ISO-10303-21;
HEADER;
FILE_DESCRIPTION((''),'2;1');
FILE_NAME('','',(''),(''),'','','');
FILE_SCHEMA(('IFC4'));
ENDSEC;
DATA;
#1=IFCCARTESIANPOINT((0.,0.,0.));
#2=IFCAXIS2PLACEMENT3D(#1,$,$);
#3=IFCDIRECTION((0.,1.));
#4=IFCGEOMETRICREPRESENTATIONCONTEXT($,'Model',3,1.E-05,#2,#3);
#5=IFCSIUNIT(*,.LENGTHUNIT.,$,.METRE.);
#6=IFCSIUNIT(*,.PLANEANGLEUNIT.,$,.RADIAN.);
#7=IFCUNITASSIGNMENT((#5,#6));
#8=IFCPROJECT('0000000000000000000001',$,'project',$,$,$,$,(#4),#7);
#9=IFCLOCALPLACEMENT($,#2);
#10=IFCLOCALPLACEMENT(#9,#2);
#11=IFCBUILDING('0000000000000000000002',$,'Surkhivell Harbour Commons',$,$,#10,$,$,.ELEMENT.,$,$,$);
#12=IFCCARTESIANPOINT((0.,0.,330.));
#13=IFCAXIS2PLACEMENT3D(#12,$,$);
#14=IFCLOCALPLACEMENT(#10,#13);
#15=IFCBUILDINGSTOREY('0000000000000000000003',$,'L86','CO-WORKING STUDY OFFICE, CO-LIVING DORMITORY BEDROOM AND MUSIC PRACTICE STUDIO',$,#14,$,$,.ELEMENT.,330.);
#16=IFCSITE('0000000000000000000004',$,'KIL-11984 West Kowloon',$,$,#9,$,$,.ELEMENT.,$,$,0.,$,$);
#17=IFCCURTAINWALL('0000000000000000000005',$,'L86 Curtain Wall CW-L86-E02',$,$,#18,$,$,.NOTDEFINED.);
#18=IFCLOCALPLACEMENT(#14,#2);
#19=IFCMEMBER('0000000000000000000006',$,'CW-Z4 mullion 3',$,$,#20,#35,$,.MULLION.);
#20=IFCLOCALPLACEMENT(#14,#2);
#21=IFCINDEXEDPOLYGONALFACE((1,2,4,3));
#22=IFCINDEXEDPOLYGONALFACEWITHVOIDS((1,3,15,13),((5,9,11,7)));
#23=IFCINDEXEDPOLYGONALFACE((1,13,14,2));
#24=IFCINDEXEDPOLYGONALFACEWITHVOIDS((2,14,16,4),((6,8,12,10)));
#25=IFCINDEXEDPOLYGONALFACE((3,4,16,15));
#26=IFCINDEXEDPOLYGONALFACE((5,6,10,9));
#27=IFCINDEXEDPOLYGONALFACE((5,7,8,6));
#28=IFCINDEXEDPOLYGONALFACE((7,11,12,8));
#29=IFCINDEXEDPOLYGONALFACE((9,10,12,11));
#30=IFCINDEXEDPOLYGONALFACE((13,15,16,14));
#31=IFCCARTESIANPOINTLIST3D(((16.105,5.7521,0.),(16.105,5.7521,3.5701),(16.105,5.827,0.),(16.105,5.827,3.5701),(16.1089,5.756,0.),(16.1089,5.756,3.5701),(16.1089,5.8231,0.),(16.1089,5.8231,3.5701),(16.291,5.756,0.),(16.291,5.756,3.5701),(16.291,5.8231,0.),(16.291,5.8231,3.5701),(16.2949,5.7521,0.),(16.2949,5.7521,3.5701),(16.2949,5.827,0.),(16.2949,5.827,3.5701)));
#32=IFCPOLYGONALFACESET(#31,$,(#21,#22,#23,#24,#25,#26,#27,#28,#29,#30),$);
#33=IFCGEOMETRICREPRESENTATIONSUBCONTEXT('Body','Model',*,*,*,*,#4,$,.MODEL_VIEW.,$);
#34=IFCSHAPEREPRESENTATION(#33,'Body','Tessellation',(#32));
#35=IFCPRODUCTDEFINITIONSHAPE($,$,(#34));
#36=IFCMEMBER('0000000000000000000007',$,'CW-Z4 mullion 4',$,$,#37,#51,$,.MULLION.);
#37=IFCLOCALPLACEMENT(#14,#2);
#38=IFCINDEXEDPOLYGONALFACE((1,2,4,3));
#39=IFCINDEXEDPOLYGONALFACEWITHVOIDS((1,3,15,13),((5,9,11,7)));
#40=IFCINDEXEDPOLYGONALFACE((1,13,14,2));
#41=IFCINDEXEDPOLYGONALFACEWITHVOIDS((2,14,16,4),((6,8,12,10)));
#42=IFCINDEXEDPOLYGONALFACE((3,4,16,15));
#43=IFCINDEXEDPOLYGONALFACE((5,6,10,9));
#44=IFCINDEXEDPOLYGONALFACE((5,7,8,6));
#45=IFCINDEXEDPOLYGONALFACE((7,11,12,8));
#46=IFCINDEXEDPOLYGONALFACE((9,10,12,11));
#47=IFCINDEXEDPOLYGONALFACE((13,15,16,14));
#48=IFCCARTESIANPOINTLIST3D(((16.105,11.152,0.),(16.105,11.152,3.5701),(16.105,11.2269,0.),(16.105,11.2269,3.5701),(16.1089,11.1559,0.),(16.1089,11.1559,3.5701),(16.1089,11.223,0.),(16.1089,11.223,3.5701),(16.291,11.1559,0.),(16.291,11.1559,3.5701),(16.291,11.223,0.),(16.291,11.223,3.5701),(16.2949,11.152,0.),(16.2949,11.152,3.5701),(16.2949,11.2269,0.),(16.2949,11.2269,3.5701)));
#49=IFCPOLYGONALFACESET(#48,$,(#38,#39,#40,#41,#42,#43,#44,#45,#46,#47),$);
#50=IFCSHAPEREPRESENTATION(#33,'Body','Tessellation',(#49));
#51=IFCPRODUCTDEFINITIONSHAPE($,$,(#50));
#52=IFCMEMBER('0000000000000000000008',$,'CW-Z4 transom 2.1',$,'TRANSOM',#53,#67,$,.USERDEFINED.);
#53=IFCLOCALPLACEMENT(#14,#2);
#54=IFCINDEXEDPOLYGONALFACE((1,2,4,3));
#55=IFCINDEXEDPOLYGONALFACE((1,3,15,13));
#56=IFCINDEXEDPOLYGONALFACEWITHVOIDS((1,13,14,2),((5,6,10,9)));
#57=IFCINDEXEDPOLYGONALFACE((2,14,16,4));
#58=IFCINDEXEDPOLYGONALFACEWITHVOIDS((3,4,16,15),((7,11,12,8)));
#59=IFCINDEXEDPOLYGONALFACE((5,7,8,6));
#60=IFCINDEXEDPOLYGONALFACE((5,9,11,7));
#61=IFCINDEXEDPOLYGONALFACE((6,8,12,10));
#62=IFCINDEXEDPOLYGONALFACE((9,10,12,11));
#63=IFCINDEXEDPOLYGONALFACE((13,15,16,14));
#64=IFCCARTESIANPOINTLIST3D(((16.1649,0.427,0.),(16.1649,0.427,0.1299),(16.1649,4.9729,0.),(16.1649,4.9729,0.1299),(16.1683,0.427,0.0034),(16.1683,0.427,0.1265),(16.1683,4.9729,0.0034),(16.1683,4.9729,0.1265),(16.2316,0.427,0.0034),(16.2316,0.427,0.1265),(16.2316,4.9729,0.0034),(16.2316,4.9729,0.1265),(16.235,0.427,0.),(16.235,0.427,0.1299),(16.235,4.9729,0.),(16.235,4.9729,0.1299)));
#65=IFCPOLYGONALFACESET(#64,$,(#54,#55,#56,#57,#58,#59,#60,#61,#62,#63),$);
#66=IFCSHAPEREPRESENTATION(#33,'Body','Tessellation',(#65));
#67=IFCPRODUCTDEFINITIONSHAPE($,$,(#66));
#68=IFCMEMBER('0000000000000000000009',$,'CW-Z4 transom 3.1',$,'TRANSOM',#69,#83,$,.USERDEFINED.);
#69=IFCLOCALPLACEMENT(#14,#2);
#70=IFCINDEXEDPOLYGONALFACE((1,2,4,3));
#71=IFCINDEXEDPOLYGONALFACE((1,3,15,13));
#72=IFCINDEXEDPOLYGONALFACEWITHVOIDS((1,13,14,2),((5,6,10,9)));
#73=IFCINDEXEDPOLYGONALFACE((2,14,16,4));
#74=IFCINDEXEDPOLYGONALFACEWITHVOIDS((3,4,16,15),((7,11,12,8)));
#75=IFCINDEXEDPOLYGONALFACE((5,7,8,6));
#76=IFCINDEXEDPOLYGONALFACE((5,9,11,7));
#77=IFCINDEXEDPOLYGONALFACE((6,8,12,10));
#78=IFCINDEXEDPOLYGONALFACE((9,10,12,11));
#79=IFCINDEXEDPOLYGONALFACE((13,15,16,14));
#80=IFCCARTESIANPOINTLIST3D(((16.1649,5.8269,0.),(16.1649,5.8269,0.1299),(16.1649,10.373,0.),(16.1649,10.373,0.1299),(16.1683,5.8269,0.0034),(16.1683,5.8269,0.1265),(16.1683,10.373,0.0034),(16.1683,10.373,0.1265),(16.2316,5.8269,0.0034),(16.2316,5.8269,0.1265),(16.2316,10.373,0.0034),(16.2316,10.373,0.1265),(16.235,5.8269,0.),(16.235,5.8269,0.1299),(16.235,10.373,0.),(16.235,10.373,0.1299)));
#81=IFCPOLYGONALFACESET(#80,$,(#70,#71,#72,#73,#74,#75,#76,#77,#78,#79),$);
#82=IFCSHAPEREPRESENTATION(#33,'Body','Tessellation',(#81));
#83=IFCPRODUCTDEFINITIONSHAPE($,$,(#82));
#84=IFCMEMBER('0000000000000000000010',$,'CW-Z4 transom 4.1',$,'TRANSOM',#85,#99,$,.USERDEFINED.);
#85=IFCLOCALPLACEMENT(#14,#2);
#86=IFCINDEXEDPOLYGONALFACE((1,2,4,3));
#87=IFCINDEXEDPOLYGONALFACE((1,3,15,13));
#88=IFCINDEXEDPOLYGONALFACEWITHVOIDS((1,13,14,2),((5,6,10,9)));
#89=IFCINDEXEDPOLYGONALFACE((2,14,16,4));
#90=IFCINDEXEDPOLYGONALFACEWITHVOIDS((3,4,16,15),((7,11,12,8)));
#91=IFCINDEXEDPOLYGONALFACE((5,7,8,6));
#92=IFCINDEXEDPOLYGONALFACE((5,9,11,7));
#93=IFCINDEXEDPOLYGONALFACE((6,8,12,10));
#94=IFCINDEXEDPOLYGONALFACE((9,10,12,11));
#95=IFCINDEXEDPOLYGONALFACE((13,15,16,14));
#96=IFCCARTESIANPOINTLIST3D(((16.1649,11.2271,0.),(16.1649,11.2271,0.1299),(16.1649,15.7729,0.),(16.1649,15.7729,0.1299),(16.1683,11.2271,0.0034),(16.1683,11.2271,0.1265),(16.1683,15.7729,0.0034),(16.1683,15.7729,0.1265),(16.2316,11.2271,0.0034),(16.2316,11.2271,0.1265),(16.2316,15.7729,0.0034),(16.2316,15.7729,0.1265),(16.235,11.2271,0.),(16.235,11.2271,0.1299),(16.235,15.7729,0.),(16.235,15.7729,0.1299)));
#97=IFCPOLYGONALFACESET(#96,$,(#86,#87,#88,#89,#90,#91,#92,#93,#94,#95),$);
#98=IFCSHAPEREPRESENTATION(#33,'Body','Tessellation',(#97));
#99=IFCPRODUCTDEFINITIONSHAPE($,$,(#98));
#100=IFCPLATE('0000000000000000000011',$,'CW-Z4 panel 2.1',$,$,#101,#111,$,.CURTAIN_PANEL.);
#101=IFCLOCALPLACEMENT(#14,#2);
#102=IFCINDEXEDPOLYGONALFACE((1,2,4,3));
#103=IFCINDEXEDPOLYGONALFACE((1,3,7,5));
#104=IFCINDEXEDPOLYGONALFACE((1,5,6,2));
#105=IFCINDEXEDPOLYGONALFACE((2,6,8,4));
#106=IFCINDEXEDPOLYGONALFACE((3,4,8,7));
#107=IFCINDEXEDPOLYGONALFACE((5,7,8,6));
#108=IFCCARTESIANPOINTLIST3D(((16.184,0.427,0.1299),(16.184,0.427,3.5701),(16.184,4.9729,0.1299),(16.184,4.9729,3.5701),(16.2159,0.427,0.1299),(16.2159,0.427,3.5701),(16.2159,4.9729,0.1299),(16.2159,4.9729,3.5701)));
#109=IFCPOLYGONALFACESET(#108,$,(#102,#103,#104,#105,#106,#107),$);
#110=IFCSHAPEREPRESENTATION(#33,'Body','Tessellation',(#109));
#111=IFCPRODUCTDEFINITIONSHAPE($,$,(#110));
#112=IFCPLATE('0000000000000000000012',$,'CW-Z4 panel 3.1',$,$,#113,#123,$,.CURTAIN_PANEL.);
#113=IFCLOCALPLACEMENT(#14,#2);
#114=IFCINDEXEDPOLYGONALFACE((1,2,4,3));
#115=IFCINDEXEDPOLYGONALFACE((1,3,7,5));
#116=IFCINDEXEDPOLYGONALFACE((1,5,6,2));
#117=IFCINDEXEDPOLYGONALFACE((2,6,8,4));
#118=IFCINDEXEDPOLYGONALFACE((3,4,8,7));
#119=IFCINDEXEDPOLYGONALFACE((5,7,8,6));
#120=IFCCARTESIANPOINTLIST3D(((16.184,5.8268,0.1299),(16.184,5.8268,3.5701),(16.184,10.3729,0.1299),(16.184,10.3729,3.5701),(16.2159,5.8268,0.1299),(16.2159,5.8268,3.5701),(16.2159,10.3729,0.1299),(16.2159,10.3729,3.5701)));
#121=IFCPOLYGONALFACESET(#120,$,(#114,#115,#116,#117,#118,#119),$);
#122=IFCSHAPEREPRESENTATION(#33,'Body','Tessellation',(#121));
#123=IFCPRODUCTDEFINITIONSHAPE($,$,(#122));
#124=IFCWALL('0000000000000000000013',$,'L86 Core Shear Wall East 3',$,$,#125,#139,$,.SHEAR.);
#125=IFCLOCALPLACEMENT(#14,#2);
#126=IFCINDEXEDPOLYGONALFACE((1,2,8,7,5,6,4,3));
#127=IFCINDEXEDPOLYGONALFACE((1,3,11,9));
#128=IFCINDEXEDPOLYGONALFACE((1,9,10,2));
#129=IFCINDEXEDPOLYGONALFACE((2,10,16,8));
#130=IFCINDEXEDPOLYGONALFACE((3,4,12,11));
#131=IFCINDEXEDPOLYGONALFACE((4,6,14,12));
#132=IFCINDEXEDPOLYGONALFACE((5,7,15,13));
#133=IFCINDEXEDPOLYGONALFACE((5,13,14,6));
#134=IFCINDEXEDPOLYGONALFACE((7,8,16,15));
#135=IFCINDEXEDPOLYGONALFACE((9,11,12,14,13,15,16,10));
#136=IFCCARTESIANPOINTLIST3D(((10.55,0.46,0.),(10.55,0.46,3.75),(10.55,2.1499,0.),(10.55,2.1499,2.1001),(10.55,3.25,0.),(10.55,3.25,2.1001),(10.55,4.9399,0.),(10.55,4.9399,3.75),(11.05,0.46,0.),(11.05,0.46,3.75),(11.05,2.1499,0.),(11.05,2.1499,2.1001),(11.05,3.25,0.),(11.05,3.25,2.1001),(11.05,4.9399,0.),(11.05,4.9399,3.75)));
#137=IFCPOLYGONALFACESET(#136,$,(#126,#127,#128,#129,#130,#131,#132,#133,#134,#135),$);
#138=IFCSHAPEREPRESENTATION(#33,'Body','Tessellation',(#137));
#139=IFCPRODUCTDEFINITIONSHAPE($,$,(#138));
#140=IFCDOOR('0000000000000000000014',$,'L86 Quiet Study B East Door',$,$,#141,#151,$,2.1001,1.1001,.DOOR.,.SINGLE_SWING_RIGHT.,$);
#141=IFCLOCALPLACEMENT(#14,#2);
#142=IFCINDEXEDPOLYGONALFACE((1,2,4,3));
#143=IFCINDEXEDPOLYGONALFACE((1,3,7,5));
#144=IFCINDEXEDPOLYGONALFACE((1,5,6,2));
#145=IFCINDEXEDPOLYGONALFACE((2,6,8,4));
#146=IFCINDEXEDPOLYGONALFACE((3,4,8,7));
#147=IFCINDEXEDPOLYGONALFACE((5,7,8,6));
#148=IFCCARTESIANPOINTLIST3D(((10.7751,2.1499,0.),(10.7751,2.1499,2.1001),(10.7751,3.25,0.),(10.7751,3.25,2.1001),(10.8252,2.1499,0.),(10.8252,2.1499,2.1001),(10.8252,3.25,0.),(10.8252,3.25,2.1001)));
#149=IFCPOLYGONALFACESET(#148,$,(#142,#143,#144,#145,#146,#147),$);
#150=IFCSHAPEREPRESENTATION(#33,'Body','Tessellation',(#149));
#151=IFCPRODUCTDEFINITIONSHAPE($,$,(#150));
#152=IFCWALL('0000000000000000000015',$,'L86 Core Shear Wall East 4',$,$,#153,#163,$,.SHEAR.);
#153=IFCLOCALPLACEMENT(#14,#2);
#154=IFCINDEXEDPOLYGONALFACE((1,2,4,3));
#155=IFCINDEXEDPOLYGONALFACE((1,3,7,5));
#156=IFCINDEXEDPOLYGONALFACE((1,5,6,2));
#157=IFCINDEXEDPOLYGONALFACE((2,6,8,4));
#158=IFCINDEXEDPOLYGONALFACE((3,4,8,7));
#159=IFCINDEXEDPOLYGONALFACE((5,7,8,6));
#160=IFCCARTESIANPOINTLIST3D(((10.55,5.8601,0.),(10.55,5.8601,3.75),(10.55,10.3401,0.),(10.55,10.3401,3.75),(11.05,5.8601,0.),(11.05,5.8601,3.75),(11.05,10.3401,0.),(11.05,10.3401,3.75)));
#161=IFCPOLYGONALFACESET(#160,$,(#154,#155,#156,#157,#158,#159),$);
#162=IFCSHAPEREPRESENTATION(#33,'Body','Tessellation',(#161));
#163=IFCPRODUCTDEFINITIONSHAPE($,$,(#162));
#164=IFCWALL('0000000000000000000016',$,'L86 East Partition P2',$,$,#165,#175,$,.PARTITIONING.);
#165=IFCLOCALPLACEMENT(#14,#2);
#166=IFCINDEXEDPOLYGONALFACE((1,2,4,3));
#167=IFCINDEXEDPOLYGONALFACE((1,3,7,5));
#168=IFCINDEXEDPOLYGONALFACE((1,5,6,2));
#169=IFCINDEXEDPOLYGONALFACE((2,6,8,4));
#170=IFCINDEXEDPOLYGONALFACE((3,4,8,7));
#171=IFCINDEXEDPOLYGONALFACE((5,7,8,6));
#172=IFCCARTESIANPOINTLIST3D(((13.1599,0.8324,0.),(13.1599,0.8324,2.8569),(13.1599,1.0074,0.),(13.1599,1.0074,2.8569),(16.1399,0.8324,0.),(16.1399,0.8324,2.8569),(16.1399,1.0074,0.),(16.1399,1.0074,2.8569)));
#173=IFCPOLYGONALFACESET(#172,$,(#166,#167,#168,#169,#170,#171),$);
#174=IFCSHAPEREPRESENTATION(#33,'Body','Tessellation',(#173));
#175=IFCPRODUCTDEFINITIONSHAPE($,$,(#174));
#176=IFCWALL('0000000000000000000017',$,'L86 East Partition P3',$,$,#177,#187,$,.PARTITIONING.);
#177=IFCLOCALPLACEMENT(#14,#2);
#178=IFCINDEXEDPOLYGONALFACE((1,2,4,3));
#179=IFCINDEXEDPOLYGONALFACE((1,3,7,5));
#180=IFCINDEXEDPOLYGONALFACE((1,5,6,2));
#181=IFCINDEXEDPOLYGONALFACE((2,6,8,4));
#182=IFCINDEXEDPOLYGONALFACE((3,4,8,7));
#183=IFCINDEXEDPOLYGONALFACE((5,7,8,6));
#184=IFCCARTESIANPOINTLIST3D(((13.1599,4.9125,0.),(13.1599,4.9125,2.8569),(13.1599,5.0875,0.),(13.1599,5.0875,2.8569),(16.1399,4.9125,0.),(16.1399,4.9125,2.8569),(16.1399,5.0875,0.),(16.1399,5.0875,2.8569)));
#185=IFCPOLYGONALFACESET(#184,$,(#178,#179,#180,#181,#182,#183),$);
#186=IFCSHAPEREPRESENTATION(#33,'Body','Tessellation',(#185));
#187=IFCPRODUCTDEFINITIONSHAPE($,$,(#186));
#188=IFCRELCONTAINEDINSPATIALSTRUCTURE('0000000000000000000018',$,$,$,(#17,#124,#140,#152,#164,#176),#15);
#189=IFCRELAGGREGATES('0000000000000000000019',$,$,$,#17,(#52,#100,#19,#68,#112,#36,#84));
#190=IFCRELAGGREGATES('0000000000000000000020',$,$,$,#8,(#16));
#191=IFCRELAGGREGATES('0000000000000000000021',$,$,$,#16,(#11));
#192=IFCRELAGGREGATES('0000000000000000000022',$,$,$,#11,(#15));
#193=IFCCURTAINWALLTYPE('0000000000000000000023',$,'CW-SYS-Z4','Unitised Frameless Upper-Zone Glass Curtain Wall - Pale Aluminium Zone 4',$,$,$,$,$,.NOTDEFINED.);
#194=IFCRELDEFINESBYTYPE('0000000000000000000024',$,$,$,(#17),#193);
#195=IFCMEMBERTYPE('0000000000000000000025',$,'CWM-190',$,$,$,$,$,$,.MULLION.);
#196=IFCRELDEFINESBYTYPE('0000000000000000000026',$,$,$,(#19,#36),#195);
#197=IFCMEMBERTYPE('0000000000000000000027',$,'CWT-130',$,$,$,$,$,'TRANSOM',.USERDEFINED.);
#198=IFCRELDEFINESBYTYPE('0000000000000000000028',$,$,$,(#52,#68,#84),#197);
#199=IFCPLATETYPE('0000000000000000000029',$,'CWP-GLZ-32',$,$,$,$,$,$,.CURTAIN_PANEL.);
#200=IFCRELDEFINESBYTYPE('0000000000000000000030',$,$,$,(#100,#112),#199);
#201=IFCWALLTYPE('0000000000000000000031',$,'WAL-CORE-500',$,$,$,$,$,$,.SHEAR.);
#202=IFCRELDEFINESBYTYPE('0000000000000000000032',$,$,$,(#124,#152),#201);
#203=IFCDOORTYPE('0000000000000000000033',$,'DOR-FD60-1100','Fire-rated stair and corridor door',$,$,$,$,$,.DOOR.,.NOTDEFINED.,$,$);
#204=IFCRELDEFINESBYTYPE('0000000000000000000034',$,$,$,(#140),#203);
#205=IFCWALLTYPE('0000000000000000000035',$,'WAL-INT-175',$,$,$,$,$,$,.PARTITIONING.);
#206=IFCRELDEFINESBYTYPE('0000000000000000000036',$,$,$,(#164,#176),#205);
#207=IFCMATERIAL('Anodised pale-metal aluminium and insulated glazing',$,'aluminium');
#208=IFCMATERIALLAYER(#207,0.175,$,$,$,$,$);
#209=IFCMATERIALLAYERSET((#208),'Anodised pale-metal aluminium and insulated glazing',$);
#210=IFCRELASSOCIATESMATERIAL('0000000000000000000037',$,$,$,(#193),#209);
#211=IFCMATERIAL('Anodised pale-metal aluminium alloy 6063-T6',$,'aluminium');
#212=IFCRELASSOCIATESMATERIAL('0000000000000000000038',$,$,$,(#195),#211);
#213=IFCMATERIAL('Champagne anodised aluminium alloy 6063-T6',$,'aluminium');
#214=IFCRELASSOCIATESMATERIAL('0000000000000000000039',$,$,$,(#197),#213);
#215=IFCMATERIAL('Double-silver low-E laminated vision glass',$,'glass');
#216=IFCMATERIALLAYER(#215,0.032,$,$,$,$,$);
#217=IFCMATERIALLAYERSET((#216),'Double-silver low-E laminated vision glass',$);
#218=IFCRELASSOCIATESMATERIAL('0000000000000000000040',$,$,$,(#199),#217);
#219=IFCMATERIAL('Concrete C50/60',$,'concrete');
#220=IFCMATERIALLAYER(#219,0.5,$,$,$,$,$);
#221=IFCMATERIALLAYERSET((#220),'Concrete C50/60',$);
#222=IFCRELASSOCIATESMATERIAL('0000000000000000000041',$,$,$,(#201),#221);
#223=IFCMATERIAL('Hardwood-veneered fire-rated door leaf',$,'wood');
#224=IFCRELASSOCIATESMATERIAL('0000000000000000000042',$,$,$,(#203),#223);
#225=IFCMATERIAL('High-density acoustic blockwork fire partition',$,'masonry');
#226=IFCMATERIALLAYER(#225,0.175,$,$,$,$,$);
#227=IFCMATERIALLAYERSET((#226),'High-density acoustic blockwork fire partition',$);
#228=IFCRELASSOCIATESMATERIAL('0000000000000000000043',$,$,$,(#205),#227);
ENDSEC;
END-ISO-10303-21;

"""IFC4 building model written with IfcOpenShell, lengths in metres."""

from ifc_helpers import new_model, si_unit, direction, frame, frame_2d, origin, origin_2d, place, context, subcontext, project, spatial, rectangle, hollow_rectangle, extrude, material, layer, layer_set, material_profile, profile_set, type_object, element, fill, aggregate, save


model = new_model("IFC4")

# Units and contexts
model_context = context("Model", 3, precision=1e-05, world=origin(), true_north=direction((0.0, 1.0)))
body_context = subcontext(model_context, "Body", "Model", "MODEL_VIEW")
ifc_project = project(units=[si_unit("LENGTHUNIT", "METRE"), si_unit("PLANEANGLEUNIT", "RADIAN")], contexts=[model_context])

# Site, building, storey
site_placement = place(None, origin())
site = spatial("IfcSite", under=ifc_project, at=site_placement, Name="KIL-11984 West Kowloon", CompositionType="ELEMENT", RefElevation=0.0)
building_placement = place(site_placement, origin())
building = spatial("IfcBuilding", under=site, at=building_placement, Name="Surkhivell Harbour Commons", CompositionType="ELEMENT")
storey_placement = place(building_placement, frame((0.0, 0.0, 330.0)))
storey = spatial("IfcBuildingStorey", under=building, at=storey_placement, Name="L86", Description="CO-WORKING STUDY OFFICE, CO-LIVING DORMITORY BEDROOM AND MUSIC PRACTICE STUDIO", CompositionType="ELEMENT", Elevation=330.0)

# Shared definitions
ifc_material_1 = material(Name="Concrete C50/60", Category="concrete")

# Curtain wall, members, plates
ifc_material_2 = material(Name="Anodised pale-metal aluminium and insulated glazing", Category="aluminium")
ifc_layer_1 = layer(ifc_material_2, 0.175)
ifc_layer_set_1 = layer_set([ifc_layer_1], Name="Anodised pale-metal aluminium and insulated glazing")
curtain_wall_type = type_object("IfcCurtainWallType", Name="CW-SYS-Z4", Description="Unitised Frameless Upper-Zone Glass Curtain Wall - Pale Aluminium Zone 4", PredefinedType="NOTDEFINED", material=ifc_layer_set_1)
curtain_wall_placement = place(storey_placement, origin())
curtain_wall = element("IfcCurtainWall", 1, at=curtain_wall_placement, inside=storey, type_object=curtain_wall_type, Name="L86 Curtain Wall CW-L86-E02", PredefinedType="NOTDEFINED")
ifc_material_3 = material(Name="Anodised pale-metal aluminium alloy 6063-T6", Category="aluminium")
ifc_material_profile_1 = material_profile(ifc_material_3, hollow_rectangle(XDim=0.075, YDim=0.1899, WallThickness=0.0039, at=origin_2d()), Name="ALU-MULL-75x190")
ifc_profile_set_1 = profile_set([ifc_material_profile_1], Name="Anodised pale-metal aluminium alloy 6063-T6")
member_type_1 = type_object("IfcMemberType", Name="CWM-190", PredefinedType="MULLION", material=ifc_profile_set_1)
member_1_placement = place(storey_placement, frame((16.2, 5.7896, 0.0), z_axis=(0.0, 0.0, 1.0), x_axis=(0.0, 1.0, 0.0)))
member_1 = element("IfcMember", 2, at=member_1_placement, type_object=member_type_1, Name="CW-Z4 mullion 3", PredefinedType="MULLION", context=body_context, shape_type="SweptSolid", body=[
    extrude(hollow_rectangle(XDim=0.075, YDim=0.1899, WallThickness=0.0039, at=origin_2d()), origin(), (0.0, 0.0, 1.0), 3.5701),
])
member_2_placement = place(storey_placement, frame((16.2, 11.1895, 0.0), z_axis=(0.0, 0.0, 1.0), x_axis=(0.0, 1.0, 0.0)))
member_2 = element("IfcMember", 3, at=member_2_placement, type_object=member_type_1, Name="CW-Z4 mullion 4", PredefinedType="MULLION", context=body_context, shape_type="SweptSolid", body=[
    extrude(hollow_rectangle(XDim=0.075, YDim=0.1899, WallThickness=0.0039, at=origin_2d()), origin(), (0.0, 0.0, 1.0), 3.5701),
])
ifc_material_4 = material(Name="Champagne anodised aluminium alloy 6063-T6", Category="aluminium")
ifc_material_profile_2 = material_profile(ifc_material_4, hollow_rectangle(XDim=0.0701, YDim=0.1299, WallThickness=0.0034, at=origin_2d()), Name="ALU-TRAN-70x130")
ifc_profile_set_2 = profile_set([ifc_material_profile_2], Name="Champagne anodised aluminium alloy 6063-T6")
member_type_2 = type_object("IfcMemberType", Name="CWT-130", ElementType="TRANSOM", PredefinedType="USERDEFINED", material=ifc_profile_set_2)
member_3_placement = place(storey_placement, frame((16.2, 0.427, 0.0649), z_axis=(0.0, 1.0, 0.0), x_axis=(-1.0, 0.0, 0.0)))
member_3 = element("IfcMember", 4, at=member_3_placement, type_object=member_type_2, Name="CW-Z4 transom 2.1", ObjectType="TRANSOM", PredefinedType="USERDEFINED", context=body_context, shape_type="SweptSolid", body=[
    extrude(hollow_rectangle(XDim=0.0701, YDim=0.1299, WallThickness=0.0034, at=origin_2d()), origin(), (0.0, 0.0, 1.0), 4.5459),
])
member_4_placement = place(storey_placement, frame((16.2, 5.8269, 0.0649), z_axis=(0.0, 1.0, 0.0), x_axis=(-1.0, 0.0, 0.0)))
member_4 = element("IfcMember", 5, at=member_4_placement, type_object=member_type_2, Name="CW-Z4 transom 3.1", ObjectType="TRANSOM", PredefinedType="USERDEFINED", context=body_context, shape_type="SweptSolid", body=[
    extrude(hollow_rectangle(XDim=0.0701, YDim=0.1299, WallThickness=0.0034, at=origin_2d()), origin(), (0.0, 0.0, 1.0), 4.5461),
])
member_5_placement = place(storey_placement, frame((16.2, 11.2271, 0.0649), z_axis=(0.0, 1.0, 0.0), x_axis=(-1.0, 0.0, 0.0)))
member_5 = element("IfcMember", 6, at=member_5_placement, type_object=member_type_2, Name="CW-Z4 transom 4.1", ObjectType="TRANSOM", PredefinedType="USERDEFINED", context=body_context, shape_type="SweptSolid", body=[
    extrude(hollow_rectangle(XDim=0.0701, YDim=0.1299, WallThickness=0.0034, at=origin_2d()), origin(), (0.0, 0.0, 1.0), 4.5459),
])
ifc_material_5 = material(Name="Double-silver low-E laminated vision glass", Category="glass")
ifc_layer_2 = layer(ifc_material_5, 0.032)
ifc_layer_set_2 = layer_set([ifc_layer_2], Name="Double-silver low-E laminated vision glass")
plate_type = type_object("IfcPlateType", Name="CWP-GLZ-32", PredefinedType="CURTAIN_PANEL", material=ifc_layer_set_2)
plate_1_placement = place(storey_placement, frame((16.2, 0.427, 0.1299), z_axis=(0.0, 0.0, 1.0), x_axis=(0.0, 1.0, 0.0)))
plate_1 = element("IfcPlate", 7, at=plate_1_placement, type_object=plate_type, Name="CW-Z4 panel 2.1", PredefinedType="CURTAIN_PANEL", context=body_context, shape_type="SweptSolid", body=[
    extrude(rectangle(XDim=4.5459, YDim=0.032, at=frame_2d((2.2729, 0.0))), origin(), (0.0, 0.0, 1.0), 3.4402),
])
plate_2_placement = place(storey_placement, frame((16.2, 5.8269, 0.1299), z_axis=(0.0, 0.0, 1.0), x_axis=(0.0, 1.0, 0.0)))
plate_2 = element("IfcPlate", 8, at=plate_2_placement, type_object=plate_type, Name="CW-Z4 panel 3.1", PredefinedType="CURTAIN_PANEL", context=body_context, shape_type="SweptSolid", body=[
    extrude(rectangle(XDim=4.5461, YDim=0.032, at=frame_2d((2.2729, 0.0))), origin(), (0.0, 0.0, 1.0), 3.4402),
])
aggregate(curtain_wall, [member_3, plate_1, member_1, member_4, plate_2, member_2, member_5])

# Wall, opening, door
ifc_layer_3 = layer(ifc_material_1, 0.5)
ifc_layer_set_3 = layer_set([ifc_layer_3], Name="Concrete C50/60")
wall_type_1 = type_object("IfcWallType", Name="WAL-CORE-500", PredefinedType="SHEAR", material=ifc_layer_set_3)
wall_1_placement = place(storey_placement, frame((10.8, 0.46, 0.0), z_axis=(0.0, 0.0, 1.0), x_axis=(0.0, 1.0, 0.0)))
wall_1 = element("IfcWall", 9, at=wall_1_placement, inside=storey, type_object=wall_type_1, Name="L86 Core Shear Wall East 3", PredefinedType="SHEAR", context=body_context, shape_type="SweptSolid", body=[
    extrude(rectangle(XDim=4.48, YDim=0.5, at=frame_2d((2.24, 0.0))), origin(), (0.0, 0.0, 1.0), 3.75),
])
opening_placement = place(wall_1_placement, frame((1.6899, 0.0, 0.0)))
opening = element("IfcOpeningElement", 10, at=opening_placement, cuts=wall_1, PredefinedType="OPENING", context=body_context, shape_type="SweptSolid", body=[
    extrude(rectangle(XDim=1.1001, YDim=2.1001, at=frame_2d((0.55, 1.05))), frame((0.0, 0.26, 0.0), z_axis=(0.0, -1.0, 0.0), x_axis=(1.0, 0.0, 0.0)), (0.0, 0.0, 1.0), 0.52),
])
ifc_material_6 = material(Name="Hardwood-veneered fire-rated door leaf", Category="wood")
door_type = type_object("IfcDoorType", Name="DOR-FD60-1100", Description="Fire-rated stair and corridor door", OperationType="NOTDEFINED", PredefinedType="DOOR", material=ifc_material_6)
door_placement = place(opening_placement, origin())
door = element("IfcDoor", 11, at=door_placement, inside=storey, type_object=door_type, Name="L86 Quiet Study B East Door", OperationType="SINGLE_SWING_RIGHT", OverallHeight=2.1001, OverallWidth=1.1001, PredefinedType="DOOR", context=body_context, shape_type="SweptSolid", body=[
    extrude(rectangle(XDim=1.1001, YDim=2.1001, at=frame_2d((0.55, 1.05))), frame((0.0, 0.0249, 0.0), z_axis=(0.0, -1.0, 0.0), x_axis=(1.0, 0.0, 0.0)), (0.0, 0.0, 1.0), 0.05),
])
fill(opening, door)

# Walls
wall_2_placement = place(storey_placement, frame((10.8, 5.8601, 0.0), z_axis=(0.0, 0.0, 1.0), x_axis=(0.0, 1.0, 0.0)))
element("IfcWall", 12, at=wall_2_placement, inside=storey, type_object=wall_type_1, Name="L86 Core Shear Wall East 4", PredefinedType="SHEAR", context=body_context, shape_type="SweptSolid", body=[
    extrude(rectangle(XDim=4.48, YDim=0.5, at=frame_2d((2.24, 0.0))), origin(), (0.0, 0.0, 1.0), 3.75),
])
ifc_material_7 = material(Name="High-density acoustic blockwork fire partition", Category="masonry")
ifc_layer_4 = layer(ifc_material_7, 0.175)
ifc_layer_set_4 = layer_set([ifc_layer_4], Name="High-density acoustic blockwork fire partition")
wall_type_2 = type_object("IfcWallType", Name="WAL-INT-175", PredefinedType="PARTITIONING", material=ifc_layer_set_4)
for number, where, z_axis, x_axis, name in (
    (13, (13.1599, 0.9199, 0.0), (0.0, 0.0, 1.0), (1.0, 0.0, 0.0), "L86 East Partition P2"),
    (14, (13.1599, 5.0, 0.0), (0.0, 0.0, 1.0), (1.0, 0.0, 0.0), "L86 East Partition P3"),
):
    element("IfcWall", number, at=place(storey_placement, frame(where, z_axis=z_axis, x_axis=x_axis)), inside=storey, type_object=wall_type_2, Name=name, PredefinedType="PARTITIONING", context=body_context, shape_type="SweptSolid", body=[
        extrude(rectangle(XDim=2.98, YDim=0.175, at=frame_2d((1.49, 0.0))), origin(), (0.0, 0.0, 1.0), 2.8569),
    ])

save(model, "model.ifc")
